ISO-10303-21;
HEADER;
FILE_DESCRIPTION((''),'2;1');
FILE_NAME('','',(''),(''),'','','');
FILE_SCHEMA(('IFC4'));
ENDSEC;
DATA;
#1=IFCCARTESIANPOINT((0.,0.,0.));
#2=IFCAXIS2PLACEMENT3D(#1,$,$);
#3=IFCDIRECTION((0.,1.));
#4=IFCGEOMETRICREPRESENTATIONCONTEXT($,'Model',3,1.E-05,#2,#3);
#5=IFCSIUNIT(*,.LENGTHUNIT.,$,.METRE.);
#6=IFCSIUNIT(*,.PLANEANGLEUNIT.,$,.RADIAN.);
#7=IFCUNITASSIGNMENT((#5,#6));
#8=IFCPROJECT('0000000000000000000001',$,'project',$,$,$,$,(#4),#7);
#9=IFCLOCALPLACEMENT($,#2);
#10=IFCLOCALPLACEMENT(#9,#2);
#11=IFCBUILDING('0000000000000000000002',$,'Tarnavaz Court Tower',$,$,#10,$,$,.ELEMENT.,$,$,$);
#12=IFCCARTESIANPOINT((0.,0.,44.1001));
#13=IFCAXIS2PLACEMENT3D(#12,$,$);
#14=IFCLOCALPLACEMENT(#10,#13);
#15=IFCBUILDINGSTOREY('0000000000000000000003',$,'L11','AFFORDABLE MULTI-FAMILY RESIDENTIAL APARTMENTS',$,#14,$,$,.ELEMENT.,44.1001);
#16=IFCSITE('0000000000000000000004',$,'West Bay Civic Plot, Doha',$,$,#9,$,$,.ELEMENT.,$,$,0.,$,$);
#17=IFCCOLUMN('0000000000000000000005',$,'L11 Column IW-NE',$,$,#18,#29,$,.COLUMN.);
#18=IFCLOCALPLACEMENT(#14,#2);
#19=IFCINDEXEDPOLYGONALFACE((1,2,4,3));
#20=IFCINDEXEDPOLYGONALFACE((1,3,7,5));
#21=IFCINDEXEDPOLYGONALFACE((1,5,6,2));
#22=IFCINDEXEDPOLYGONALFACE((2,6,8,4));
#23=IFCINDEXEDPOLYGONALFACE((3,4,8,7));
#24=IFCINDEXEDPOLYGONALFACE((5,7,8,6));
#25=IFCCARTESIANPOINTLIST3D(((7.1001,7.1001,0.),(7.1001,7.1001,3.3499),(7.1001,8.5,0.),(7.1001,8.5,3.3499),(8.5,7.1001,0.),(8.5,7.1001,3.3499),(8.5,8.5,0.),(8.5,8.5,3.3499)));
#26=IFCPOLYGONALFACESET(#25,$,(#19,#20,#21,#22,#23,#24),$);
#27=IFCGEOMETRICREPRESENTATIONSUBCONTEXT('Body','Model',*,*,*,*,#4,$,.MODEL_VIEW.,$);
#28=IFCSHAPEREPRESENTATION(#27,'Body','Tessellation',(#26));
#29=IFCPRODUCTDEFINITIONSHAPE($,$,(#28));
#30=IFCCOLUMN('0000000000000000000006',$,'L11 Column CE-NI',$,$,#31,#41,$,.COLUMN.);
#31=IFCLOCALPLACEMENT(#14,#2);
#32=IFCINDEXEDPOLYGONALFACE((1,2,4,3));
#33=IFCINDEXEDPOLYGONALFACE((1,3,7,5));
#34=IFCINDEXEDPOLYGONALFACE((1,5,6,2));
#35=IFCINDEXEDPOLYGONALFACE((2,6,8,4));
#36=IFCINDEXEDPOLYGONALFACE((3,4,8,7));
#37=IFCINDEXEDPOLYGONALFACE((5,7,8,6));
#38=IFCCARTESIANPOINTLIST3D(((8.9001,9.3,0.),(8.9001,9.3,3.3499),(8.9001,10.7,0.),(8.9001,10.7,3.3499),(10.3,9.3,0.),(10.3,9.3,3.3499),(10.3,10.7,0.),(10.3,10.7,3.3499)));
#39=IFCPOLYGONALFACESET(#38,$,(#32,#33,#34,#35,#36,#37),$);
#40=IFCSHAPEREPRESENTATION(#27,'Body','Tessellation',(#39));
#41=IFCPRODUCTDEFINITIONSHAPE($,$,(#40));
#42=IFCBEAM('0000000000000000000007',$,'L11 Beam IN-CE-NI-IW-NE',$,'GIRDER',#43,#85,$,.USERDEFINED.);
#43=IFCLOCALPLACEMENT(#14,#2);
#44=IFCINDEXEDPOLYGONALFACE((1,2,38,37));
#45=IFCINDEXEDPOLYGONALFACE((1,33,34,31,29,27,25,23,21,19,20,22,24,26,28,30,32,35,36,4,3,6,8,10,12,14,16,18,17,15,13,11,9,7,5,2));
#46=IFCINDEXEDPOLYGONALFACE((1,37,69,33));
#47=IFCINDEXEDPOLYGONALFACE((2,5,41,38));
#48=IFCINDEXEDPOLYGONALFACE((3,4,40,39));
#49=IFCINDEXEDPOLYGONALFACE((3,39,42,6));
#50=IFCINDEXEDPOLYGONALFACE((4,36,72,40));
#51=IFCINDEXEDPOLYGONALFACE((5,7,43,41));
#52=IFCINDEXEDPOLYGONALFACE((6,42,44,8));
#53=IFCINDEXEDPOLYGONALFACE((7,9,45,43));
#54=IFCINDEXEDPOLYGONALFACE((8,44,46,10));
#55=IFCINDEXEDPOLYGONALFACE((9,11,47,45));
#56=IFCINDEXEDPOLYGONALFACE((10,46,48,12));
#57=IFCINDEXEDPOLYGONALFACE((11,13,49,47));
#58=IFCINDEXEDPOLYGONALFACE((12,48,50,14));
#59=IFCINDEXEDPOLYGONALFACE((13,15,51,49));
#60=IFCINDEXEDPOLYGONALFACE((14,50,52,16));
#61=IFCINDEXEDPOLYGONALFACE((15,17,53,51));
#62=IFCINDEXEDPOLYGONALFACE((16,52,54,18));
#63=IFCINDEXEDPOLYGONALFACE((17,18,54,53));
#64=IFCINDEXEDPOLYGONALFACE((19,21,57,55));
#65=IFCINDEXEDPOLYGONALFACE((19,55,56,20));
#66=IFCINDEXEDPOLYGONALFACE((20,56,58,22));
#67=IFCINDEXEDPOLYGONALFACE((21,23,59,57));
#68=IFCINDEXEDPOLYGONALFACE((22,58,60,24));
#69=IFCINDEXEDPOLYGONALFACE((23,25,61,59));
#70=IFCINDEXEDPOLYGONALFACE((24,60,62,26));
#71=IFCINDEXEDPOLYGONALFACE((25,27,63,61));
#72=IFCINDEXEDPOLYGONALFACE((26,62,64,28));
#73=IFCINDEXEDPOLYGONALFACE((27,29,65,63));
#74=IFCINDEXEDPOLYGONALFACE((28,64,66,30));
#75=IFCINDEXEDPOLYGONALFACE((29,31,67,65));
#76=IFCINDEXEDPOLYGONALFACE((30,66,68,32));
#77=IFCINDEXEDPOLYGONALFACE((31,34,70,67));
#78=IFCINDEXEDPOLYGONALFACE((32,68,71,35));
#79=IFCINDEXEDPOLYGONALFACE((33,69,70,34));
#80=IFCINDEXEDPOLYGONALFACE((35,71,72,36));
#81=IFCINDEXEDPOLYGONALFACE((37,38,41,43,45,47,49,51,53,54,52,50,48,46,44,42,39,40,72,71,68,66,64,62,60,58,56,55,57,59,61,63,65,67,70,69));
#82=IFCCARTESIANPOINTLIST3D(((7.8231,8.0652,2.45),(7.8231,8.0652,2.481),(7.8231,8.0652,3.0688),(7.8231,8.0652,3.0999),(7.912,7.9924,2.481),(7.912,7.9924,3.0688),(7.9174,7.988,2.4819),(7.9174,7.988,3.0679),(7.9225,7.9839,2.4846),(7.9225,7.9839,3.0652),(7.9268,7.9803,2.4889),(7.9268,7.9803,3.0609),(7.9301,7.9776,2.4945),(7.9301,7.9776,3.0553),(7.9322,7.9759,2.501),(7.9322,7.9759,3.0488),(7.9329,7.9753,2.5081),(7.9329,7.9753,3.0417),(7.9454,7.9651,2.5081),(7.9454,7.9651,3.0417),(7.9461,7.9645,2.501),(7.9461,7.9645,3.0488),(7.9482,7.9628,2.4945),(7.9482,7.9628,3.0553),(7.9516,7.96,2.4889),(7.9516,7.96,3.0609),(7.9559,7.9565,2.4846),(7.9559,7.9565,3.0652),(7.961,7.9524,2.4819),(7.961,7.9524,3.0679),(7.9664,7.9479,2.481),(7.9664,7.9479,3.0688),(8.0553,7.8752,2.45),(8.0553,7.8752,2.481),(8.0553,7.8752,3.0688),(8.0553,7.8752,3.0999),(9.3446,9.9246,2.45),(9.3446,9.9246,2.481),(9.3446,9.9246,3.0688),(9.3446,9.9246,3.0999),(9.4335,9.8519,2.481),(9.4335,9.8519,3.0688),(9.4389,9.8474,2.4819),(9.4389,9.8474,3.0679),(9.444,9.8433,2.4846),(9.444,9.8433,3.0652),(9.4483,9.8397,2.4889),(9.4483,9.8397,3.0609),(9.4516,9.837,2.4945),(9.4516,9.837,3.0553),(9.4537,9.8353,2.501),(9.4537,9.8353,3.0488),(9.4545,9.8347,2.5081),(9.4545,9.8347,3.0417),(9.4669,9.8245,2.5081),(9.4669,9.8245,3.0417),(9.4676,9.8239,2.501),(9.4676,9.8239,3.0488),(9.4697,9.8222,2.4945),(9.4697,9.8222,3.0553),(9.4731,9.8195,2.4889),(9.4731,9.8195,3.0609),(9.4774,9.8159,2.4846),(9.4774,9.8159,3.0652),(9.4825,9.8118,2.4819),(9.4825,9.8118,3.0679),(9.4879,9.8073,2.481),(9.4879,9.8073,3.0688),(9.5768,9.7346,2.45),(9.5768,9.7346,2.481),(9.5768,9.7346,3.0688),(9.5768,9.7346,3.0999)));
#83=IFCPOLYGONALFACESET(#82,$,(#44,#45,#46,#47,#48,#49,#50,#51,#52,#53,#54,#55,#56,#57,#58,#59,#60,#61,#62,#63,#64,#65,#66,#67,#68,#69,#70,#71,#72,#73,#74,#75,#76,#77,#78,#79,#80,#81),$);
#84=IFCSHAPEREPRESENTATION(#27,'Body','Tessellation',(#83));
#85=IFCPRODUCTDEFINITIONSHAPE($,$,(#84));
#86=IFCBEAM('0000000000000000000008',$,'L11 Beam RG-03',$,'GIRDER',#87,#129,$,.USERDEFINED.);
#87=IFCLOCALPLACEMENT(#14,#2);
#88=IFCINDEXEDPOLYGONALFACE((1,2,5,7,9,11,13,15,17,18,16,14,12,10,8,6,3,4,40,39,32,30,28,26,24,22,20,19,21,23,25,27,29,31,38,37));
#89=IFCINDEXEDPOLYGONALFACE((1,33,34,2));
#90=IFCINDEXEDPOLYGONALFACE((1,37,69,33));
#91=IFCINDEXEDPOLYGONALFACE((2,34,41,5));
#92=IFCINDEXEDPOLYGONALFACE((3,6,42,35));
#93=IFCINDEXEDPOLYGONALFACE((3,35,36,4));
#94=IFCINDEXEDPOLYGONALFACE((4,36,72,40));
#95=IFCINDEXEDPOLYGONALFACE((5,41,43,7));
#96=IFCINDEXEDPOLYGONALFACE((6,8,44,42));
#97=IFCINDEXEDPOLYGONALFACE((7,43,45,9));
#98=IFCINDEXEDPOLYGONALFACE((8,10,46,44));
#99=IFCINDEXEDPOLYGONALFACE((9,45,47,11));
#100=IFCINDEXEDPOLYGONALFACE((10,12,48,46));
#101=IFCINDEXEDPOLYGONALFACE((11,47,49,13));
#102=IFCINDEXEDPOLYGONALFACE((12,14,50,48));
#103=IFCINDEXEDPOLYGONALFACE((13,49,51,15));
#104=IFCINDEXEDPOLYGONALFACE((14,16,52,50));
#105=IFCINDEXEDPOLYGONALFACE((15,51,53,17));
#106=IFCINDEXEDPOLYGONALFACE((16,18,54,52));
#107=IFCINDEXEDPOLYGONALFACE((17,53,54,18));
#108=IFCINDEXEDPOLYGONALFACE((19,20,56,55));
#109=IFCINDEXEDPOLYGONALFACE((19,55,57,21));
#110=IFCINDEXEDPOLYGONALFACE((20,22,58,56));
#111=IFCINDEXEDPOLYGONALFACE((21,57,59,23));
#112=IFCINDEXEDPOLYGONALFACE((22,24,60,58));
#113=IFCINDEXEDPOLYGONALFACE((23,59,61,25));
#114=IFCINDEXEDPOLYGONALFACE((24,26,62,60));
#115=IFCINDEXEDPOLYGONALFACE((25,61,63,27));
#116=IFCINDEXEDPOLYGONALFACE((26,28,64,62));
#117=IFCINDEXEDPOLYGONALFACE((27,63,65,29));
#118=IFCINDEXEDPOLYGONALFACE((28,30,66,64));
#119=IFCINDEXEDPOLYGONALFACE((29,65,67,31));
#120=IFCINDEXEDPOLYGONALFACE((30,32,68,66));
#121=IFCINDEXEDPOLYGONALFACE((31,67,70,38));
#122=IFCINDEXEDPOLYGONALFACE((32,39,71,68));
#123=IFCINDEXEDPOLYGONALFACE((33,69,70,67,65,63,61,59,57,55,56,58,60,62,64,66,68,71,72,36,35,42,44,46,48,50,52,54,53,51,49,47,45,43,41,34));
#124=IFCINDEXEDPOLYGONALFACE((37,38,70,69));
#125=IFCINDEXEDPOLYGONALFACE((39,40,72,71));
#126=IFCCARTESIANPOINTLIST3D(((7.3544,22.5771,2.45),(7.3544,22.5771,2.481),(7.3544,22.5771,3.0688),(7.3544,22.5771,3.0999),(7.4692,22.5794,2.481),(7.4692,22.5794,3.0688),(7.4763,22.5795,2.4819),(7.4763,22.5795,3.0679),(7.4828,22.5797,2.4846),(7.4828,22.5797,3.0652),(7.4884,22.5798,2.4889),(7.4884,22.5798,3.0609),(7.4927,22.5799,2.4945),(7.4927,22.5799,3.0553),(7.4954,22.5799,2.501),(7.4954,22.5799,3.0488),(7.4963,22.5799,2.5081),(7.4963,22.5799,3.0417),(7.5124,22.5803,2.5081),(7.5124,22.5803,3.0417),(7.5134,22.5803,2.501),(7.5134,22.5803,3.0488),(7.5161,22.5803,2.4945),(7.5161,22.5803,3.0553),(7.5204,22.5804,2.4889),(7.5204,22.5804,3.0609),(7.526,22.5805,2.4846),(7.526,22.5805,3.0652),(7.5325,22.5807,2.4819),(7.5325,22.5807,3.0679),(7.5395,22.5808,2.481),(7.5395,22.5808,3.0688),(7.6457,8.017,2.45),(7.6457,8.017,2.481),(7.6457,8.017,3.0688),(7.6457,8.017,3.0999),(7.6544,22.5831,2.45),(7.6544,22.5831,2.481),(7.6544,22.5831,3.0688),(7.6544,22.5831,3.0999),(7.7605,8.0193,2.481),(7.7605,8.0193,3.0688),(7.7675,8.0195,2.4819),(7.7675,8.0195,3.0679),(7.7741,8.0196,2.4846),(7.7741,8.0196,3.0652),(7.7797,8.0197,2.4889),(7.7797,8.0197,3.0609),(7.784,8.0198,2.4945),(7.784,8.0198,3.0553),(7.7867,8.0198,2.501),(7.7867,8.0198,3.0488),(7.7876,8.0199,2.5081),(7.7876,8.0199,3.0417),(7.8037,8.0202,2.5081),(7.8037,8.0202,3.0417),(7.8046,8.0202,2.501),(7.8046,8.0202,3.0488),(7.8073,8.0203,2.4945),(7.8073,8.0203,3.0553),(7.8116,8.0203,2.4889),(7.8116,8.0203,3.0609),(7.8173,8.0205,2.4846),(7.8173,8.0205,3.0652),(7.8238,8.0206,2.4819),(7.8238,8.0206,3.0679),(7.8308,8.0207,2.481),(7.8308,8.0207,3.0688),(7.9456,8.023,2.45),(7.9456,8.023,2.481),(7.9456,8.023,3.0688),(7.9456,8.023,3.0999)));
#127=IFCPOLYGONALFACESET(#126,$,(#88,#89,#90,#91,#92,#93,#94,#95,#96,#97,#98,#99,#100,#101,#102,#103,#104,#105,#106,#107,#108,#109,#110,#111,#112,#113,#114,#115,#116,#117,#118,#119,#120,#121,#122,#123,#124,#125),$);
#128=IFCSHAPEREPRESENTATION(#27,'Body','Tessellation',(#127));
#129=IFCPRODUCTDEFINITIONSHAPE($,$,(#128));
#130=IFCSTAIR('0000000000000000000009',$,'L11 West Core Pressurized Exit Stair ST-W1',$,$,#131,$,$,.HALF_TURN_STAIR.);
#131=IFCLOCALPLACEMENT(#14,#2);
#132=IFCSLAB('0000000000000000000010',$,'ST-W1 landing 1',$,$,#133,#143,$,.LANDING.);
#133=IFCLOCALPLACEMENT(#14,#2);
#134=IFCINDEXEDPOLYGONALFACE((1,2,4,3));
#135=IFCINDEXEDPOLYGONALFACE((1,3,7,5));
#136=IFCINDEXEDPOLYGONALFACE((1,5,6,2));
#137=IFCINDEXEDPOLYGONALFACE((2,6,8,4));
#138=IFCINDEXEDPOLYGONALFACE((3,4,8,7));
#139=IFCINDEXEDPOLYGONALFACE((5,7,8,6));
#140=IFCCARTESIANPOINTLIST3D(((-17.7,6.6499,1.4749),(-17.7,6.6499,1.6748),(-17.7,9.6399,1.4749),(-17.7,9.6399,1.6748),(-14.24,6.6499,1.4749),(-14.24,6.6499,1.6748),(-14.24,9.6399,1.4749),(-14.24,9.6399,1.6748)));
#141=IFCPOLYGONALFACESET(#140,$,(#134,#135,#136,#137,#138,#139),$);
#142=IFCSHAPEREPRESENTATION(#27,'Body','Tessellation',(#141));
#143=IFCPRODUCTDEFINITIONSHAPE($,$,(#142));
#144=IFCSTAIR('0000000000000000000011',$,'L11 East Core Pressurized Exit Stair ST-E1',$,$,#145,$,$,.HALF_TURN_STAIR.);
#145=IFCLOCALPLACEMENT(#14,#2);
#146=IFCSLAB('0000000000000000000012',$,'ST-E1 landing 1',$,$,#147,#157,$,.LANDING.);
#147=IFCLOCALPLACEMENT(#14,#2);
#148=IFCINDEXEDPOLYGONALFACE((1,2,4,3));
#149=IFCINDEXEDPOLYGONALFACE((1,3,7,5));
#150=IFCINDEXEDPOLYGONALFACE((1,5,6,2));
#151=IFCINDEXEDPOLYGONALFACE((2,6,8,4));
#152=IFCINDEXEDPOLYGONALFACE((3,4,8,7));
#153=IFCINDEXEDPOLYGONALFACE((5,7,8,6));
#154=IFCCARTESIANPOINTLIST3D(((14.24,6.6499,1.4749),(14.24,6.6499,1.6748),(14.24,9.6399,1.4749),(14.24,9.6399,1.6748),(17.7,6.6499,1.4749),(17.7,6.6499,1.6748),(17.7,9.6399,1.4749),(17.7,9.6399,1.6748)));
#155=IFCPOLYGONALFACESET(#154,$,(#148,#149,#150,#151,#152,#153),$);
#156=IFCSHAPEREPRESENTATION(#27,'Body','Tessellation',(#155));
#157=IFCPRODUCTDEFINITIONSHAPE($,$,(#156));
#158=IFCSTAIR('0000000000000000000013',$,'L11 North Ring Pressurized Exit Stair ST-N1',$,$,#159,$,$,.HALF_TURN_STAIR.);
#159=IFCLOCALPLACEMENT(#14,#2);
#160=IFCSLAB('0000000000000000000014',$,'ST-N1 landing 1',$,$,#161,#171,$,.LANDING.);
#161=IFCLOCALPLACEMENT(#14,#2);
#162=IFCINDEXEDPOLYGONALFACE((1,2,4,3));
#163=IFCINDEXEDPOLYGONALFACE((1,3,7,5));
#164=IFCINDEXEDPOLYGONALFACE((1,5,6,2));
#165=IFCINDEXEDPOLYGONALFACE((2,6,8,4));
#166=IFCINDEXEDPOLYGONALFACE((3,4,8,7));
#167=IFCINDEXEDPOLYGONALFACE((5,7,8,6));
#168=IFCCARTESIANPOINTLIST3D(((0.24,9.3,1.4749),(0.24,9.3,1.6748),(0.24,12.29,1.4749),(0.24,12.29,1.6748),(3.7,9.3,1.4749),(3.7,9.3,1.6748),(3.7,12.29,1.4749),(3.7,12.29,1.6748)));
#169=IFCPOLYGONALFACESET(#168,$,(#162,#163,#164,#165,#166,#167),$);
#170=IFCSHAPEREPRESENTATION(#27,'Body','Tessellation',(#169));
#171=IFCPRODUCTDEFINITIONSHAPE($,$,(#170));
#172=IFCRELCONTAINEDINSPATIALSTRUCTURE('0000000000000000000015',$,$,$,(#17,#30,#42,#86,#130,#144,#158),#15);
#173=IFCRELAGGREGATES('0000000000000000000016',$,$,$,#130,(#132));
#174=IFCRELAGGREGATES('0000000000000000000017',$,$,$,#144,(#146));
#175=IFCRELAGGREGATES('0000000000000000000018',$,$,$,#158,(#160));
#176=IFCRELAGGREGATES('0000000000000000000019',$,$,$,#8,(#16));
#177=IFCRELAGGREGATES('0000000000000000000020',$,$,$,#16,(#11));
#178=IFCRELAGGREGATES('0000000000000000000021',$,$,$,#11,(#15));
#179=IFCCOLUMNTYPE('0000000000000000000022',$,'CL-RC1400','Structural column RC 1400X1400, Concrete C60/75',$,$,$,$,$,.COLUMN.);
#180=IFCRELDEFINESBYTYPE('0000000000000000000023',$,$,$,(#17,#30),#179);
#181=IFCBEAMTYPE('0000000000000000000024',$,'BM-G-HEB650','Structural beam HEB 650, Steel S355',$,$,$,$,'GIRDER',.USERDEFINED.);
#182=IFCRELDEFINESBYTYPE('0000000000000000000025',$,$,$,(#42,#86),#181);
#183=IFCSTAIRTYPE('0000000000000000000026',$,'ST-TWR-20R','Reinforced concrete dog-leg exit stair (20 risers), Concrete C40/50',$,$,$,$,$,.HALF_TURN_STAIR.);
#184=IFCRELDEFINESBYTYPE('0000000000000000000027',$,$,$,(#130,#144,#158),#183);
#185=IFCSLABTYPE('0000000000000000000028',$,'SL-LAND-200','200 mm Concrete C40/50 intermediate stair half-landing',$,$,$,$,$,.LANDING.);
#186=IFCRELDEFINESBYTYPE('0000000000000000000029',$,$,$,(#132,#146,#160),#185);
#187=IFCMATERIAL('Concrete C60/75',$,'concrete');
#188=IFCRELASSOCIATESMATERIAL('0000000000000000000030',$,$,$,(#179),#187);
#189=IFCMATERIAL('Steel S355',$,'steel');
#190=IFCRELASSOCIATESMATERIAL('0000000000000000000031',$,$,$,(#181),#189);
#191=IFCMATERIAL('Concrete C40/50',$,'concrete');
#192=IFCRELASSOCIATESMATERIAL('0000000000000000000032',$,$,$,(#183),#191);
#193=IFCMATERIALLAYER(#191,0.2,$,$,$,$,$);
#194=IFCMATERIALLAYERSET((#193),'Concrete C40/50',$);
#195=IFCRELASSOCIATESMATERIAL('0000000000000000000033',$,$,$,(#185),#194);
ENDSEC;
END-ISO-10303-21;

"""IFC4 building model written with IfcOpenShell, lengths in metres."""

from ifc_helpers import new_model, si_unit, direction, frame, origin, origin_2d, place, context, subcontext, project, spatial, polyline, rectangle, i_section, outline, extrude, material, layer, layer_set, material_profile, profile_set, type_object, element, aggregate, save


model = new_model("IFC4")

# Units and contexts
model_context = context("Model", 3, precision=1e-05, world=origin(), true_north=direction((0.0, 1.0)))
body_context = subcontext(model_context, "Body", "Model", "MODEL_VIEW")
ifc_project = project(units=[si_unit("LENGTHUNIT", "METRE"), si_unit("PLANEANGLEUNIT", "RADIAN")], contexts=[model_context])

# Site, building, storey
site_placement = place(None, origin())
site = spatial("IfcSite", under=ifc_project, at=site_placement, Name="West Bay Civic Plot, Doha", CompositionType="ELEMENT", RefElevation=0.0)
building_placement = place(site_placement, origin())
building = spatial("IfcBuilding", under=site, at=building_placement, Name="Tarnavaz Court Tower", CompositionType="ELEMENT")
storey_placement = place(building_placement, frame((0.0, 0.0, 44.1001)))
storey = spatial("IfcBuildingStorey", under=building, at=storey_placement, Name="L11", Description="AFFORDABLE MULTI-FAMILY RESIDENTIAL APARTMENTS", CompositionType="ELEMENT", Elevation=44.1001)

# Columns
ifc_material_1 = material(Name="Concrete C60/75", Category="concrete")
ifc_material_profile_1 = material_profile(ifc_material_1, rectangle(XDim=1.3999, YDim=1.3999, at=origin_2d()), Name="RC 1400X1400")
ifc_profile_set_1 = profile_set([ifc_material_profile_1], Name="Concrete C60/75")
column_type = type_object("IfcColumnType", Name="CL-RC1400", Description="Structural column RC 1400X1400, Concrete C60/75", PredefinedType="COLUMN", material=ifc_profile_set_1)
for number, where, z_axis, x_axis, name in (
    (1, (7.8, 7.8, 0.0), (0.0, 0.0, 1.0), (1.0, 0.0, 0.0), "L11 Column IW-NE"),
    (2, (9.6001, 10.0, 0.0), (0.0, 0.0, 1.0), (1.0, 0.0, 0.0), "L11 Column CE-NI"),
):
    element("IfcColumn", number, at=place(storey_placement, frame(where, z_axis=z_axis, x_axis=x_axis)), inside=storey, type_object=column_type, Name=name, PredefinedType="COLUMN", context=body_context, shape_type="SweptSolid", body=[
        extrude(rectangle(XDim=1.3999, YDim=1.3999, at=origin_2d()), origin(), (0.0, 0.0, 1.0), 3.3499),
    ])

# Beams
ifc_material_2 = material(Name="Steel S355", Category="steel")
ifc_material_profile_2 = material_profile(ifc_material_2, i_section(OverallWidth=0.3, OverallDepth=0.6499, WebThickness=0.0161, FlangeThickness=0.031, FilletRadius=0.0271, at=origin_2d()), Name="HEB 650")
ifc_profile_set_2 = profile_set([ifc_material_profile_2], Name="Steel S355")
beam_type = type_object("IfcBeamType", Name="BM-G-HEB650", Description="Structural beam HEB 650, Steel S355", ElementType="GIRDER", PredefinedType="USERDEFINED", material=ifc_profile_set_2)
beam_1_placement = place(storey_placement, frame((9.4607, 9.8296, 2.7749), z_axis=(-0.633282, -0.773921, 0.0), x_axis=(0.773921, -0.633282, 0.0)))
element("IfcBeam", 3, at=beam_1_placement, inside=storey, type_object=beam_type, Name="L11 Beam IN-CE-NI-IW-NE", ObjectType="GIRDER", PredefinedType="USERDEFINED", context=body_context, shape_type="SweptSolid", body=[
    extrude(i_section(OverallWidth=0.3, OverallDepth=0.6499, WebThickness=0.0161, FlangeThickness=0.031, FilletRadius=0.0271, at=origin_2d()), origin(), (0.0, 0.0, 1.0), 2.4026),
])
beam_2_placement = place(storey_placement, frame((7.7957, 8.02, 2.7749), z_axis=(-0.02, 0.9998, 0.0), x_axis=(-0.9998, -0.02, 0.0)))
element("IfcBeam", 4, at=beam_2_placement, inside=storey, type_object=beam_type, Name="L11 Beam RG-03", ObjectType="GIRDER", PredefinedType="USERDEFINED", context=body_context, shape_type="SweptSolid", body=[
    extrude(i_section(OverallWidth=0.3, OverallDepth=0.6499, WebThickness=0.0161, FlangeThickness=0.031, FilletRadius=0.0271, at=origin_2d()), origin(), (0.0, 0.0, 1.0), 14.563),
])

# Stairs, slabs
ifc_material_3 = material(Name="Concrete C40/50", Category="concrete")
stair_type = type_object("IfcStairType", Name="ST-TWR-20R", Description="Reinforced concrete dog-leg exit stair (20 risers), Concrete C40/50", PredefinedType="HALF_TURN_STAIR", material=ifc_material_3)
stair_1_placement = place(storey_placement, origin())
stair_1 = element("IfcStair", 5, at=stair_1_placement, inside=storey, type_object=stair_type, Name="L11 West Core Pressurized Exit Stair ST-W1", PredefinedType="HALF_TURN_STAIR")
ifc_layer_1 = layer(ifc_material_3, 0.2)
ifc_layer_set_1 = layer_set([ifc_layer_1], Name="Concrete C40/50")
slab_type_1 = type_object("IfcSlabType", Name="SL-LAND-200", Description="200 mm Concrete C40/50 intermediate stair half-landing", PredefinedType="LANDING", material=ifc_layer_set_1)
slab_1_placement = place(storey_placement, frame((0.0, 0.0, 1.4749)))
slab_1 = element("IfcSlab", 6, at=slab_1_placement, type_object=slab_type_1, Name="ST-W1 landing 1", PredefinedType="LANDING", context=body_context, shape_type="SweptSolid", body=[
    extrude(outline(polyline([(-14.24, 9.6399), (-17.7, 9.6399), (-17.7, 6.6499), (-14.24, 6.6499), (-14.24, 9.6399)])), origin(), (0.0, 0.0, 1.0), 0.2),
])
aggregate(stair_1, [slab_1])
stair_2_placement = place(storey_placement, origin())
stair_2 = element("IfcStair", 7, at=stair_2_placement, inside=storey, type_object=stair_type, Name="L11 East Core Pressurized Exit Stair ST-E1", PredefinedType="HALF_TURN_STAIR")
slab_2_placement = place(storey_placement, frame((0.0, 0.0, 1.4749)))
slab_2 = element("IfcSlab", 8, at=slab_2_placement, type_object=slab_type_1, Name="ST-E1 landing 1", PredefinedType="LANDING", context=body_context, shape_type="SweptSolid", body=[
    extrude(outline(polyline([(14.24, 6.6499), (17.7, 6.6499), (17.7, 9.6399), (14.24, 9.6399), (14.24, 6.6499)])), origin(), (0.0, 0.0, 1.0), 0.2),
])
aggregate(stair_2, [slab_2])
stair_3_placement = place(storey_placement, origin())
stair_3 = element("IfcStair", 9, at=stair_3_placement, inside=storey, type_object=stair_type, Name="L11 North Ring Pressurized Exit Stair ST-N1", PredefinedType="HALF_TURN_STAIR")
slab_3_placement = place(storey_placement, frame((0.0, 0.0, 1.4749)))
slab_3 = element("IfcSlab", 10, at=slab_3_placement, type_object=slab_type_1, Name="ST-N1 landing 1", PredefinedType="LANDING", context=body_context, shape_type="SweptSolid", body=[
    extrude(outline(polyline([(0.24, 9.3), (3.7, 9.3), (3.7, 12.29), (0.24, 12.29), (0.24, 9.3)])), origin(), (0.0, 0.0, 1.0), 0.2),
])

aggregate(stair_3, [slab_3])

save(model, "model.ifc")
